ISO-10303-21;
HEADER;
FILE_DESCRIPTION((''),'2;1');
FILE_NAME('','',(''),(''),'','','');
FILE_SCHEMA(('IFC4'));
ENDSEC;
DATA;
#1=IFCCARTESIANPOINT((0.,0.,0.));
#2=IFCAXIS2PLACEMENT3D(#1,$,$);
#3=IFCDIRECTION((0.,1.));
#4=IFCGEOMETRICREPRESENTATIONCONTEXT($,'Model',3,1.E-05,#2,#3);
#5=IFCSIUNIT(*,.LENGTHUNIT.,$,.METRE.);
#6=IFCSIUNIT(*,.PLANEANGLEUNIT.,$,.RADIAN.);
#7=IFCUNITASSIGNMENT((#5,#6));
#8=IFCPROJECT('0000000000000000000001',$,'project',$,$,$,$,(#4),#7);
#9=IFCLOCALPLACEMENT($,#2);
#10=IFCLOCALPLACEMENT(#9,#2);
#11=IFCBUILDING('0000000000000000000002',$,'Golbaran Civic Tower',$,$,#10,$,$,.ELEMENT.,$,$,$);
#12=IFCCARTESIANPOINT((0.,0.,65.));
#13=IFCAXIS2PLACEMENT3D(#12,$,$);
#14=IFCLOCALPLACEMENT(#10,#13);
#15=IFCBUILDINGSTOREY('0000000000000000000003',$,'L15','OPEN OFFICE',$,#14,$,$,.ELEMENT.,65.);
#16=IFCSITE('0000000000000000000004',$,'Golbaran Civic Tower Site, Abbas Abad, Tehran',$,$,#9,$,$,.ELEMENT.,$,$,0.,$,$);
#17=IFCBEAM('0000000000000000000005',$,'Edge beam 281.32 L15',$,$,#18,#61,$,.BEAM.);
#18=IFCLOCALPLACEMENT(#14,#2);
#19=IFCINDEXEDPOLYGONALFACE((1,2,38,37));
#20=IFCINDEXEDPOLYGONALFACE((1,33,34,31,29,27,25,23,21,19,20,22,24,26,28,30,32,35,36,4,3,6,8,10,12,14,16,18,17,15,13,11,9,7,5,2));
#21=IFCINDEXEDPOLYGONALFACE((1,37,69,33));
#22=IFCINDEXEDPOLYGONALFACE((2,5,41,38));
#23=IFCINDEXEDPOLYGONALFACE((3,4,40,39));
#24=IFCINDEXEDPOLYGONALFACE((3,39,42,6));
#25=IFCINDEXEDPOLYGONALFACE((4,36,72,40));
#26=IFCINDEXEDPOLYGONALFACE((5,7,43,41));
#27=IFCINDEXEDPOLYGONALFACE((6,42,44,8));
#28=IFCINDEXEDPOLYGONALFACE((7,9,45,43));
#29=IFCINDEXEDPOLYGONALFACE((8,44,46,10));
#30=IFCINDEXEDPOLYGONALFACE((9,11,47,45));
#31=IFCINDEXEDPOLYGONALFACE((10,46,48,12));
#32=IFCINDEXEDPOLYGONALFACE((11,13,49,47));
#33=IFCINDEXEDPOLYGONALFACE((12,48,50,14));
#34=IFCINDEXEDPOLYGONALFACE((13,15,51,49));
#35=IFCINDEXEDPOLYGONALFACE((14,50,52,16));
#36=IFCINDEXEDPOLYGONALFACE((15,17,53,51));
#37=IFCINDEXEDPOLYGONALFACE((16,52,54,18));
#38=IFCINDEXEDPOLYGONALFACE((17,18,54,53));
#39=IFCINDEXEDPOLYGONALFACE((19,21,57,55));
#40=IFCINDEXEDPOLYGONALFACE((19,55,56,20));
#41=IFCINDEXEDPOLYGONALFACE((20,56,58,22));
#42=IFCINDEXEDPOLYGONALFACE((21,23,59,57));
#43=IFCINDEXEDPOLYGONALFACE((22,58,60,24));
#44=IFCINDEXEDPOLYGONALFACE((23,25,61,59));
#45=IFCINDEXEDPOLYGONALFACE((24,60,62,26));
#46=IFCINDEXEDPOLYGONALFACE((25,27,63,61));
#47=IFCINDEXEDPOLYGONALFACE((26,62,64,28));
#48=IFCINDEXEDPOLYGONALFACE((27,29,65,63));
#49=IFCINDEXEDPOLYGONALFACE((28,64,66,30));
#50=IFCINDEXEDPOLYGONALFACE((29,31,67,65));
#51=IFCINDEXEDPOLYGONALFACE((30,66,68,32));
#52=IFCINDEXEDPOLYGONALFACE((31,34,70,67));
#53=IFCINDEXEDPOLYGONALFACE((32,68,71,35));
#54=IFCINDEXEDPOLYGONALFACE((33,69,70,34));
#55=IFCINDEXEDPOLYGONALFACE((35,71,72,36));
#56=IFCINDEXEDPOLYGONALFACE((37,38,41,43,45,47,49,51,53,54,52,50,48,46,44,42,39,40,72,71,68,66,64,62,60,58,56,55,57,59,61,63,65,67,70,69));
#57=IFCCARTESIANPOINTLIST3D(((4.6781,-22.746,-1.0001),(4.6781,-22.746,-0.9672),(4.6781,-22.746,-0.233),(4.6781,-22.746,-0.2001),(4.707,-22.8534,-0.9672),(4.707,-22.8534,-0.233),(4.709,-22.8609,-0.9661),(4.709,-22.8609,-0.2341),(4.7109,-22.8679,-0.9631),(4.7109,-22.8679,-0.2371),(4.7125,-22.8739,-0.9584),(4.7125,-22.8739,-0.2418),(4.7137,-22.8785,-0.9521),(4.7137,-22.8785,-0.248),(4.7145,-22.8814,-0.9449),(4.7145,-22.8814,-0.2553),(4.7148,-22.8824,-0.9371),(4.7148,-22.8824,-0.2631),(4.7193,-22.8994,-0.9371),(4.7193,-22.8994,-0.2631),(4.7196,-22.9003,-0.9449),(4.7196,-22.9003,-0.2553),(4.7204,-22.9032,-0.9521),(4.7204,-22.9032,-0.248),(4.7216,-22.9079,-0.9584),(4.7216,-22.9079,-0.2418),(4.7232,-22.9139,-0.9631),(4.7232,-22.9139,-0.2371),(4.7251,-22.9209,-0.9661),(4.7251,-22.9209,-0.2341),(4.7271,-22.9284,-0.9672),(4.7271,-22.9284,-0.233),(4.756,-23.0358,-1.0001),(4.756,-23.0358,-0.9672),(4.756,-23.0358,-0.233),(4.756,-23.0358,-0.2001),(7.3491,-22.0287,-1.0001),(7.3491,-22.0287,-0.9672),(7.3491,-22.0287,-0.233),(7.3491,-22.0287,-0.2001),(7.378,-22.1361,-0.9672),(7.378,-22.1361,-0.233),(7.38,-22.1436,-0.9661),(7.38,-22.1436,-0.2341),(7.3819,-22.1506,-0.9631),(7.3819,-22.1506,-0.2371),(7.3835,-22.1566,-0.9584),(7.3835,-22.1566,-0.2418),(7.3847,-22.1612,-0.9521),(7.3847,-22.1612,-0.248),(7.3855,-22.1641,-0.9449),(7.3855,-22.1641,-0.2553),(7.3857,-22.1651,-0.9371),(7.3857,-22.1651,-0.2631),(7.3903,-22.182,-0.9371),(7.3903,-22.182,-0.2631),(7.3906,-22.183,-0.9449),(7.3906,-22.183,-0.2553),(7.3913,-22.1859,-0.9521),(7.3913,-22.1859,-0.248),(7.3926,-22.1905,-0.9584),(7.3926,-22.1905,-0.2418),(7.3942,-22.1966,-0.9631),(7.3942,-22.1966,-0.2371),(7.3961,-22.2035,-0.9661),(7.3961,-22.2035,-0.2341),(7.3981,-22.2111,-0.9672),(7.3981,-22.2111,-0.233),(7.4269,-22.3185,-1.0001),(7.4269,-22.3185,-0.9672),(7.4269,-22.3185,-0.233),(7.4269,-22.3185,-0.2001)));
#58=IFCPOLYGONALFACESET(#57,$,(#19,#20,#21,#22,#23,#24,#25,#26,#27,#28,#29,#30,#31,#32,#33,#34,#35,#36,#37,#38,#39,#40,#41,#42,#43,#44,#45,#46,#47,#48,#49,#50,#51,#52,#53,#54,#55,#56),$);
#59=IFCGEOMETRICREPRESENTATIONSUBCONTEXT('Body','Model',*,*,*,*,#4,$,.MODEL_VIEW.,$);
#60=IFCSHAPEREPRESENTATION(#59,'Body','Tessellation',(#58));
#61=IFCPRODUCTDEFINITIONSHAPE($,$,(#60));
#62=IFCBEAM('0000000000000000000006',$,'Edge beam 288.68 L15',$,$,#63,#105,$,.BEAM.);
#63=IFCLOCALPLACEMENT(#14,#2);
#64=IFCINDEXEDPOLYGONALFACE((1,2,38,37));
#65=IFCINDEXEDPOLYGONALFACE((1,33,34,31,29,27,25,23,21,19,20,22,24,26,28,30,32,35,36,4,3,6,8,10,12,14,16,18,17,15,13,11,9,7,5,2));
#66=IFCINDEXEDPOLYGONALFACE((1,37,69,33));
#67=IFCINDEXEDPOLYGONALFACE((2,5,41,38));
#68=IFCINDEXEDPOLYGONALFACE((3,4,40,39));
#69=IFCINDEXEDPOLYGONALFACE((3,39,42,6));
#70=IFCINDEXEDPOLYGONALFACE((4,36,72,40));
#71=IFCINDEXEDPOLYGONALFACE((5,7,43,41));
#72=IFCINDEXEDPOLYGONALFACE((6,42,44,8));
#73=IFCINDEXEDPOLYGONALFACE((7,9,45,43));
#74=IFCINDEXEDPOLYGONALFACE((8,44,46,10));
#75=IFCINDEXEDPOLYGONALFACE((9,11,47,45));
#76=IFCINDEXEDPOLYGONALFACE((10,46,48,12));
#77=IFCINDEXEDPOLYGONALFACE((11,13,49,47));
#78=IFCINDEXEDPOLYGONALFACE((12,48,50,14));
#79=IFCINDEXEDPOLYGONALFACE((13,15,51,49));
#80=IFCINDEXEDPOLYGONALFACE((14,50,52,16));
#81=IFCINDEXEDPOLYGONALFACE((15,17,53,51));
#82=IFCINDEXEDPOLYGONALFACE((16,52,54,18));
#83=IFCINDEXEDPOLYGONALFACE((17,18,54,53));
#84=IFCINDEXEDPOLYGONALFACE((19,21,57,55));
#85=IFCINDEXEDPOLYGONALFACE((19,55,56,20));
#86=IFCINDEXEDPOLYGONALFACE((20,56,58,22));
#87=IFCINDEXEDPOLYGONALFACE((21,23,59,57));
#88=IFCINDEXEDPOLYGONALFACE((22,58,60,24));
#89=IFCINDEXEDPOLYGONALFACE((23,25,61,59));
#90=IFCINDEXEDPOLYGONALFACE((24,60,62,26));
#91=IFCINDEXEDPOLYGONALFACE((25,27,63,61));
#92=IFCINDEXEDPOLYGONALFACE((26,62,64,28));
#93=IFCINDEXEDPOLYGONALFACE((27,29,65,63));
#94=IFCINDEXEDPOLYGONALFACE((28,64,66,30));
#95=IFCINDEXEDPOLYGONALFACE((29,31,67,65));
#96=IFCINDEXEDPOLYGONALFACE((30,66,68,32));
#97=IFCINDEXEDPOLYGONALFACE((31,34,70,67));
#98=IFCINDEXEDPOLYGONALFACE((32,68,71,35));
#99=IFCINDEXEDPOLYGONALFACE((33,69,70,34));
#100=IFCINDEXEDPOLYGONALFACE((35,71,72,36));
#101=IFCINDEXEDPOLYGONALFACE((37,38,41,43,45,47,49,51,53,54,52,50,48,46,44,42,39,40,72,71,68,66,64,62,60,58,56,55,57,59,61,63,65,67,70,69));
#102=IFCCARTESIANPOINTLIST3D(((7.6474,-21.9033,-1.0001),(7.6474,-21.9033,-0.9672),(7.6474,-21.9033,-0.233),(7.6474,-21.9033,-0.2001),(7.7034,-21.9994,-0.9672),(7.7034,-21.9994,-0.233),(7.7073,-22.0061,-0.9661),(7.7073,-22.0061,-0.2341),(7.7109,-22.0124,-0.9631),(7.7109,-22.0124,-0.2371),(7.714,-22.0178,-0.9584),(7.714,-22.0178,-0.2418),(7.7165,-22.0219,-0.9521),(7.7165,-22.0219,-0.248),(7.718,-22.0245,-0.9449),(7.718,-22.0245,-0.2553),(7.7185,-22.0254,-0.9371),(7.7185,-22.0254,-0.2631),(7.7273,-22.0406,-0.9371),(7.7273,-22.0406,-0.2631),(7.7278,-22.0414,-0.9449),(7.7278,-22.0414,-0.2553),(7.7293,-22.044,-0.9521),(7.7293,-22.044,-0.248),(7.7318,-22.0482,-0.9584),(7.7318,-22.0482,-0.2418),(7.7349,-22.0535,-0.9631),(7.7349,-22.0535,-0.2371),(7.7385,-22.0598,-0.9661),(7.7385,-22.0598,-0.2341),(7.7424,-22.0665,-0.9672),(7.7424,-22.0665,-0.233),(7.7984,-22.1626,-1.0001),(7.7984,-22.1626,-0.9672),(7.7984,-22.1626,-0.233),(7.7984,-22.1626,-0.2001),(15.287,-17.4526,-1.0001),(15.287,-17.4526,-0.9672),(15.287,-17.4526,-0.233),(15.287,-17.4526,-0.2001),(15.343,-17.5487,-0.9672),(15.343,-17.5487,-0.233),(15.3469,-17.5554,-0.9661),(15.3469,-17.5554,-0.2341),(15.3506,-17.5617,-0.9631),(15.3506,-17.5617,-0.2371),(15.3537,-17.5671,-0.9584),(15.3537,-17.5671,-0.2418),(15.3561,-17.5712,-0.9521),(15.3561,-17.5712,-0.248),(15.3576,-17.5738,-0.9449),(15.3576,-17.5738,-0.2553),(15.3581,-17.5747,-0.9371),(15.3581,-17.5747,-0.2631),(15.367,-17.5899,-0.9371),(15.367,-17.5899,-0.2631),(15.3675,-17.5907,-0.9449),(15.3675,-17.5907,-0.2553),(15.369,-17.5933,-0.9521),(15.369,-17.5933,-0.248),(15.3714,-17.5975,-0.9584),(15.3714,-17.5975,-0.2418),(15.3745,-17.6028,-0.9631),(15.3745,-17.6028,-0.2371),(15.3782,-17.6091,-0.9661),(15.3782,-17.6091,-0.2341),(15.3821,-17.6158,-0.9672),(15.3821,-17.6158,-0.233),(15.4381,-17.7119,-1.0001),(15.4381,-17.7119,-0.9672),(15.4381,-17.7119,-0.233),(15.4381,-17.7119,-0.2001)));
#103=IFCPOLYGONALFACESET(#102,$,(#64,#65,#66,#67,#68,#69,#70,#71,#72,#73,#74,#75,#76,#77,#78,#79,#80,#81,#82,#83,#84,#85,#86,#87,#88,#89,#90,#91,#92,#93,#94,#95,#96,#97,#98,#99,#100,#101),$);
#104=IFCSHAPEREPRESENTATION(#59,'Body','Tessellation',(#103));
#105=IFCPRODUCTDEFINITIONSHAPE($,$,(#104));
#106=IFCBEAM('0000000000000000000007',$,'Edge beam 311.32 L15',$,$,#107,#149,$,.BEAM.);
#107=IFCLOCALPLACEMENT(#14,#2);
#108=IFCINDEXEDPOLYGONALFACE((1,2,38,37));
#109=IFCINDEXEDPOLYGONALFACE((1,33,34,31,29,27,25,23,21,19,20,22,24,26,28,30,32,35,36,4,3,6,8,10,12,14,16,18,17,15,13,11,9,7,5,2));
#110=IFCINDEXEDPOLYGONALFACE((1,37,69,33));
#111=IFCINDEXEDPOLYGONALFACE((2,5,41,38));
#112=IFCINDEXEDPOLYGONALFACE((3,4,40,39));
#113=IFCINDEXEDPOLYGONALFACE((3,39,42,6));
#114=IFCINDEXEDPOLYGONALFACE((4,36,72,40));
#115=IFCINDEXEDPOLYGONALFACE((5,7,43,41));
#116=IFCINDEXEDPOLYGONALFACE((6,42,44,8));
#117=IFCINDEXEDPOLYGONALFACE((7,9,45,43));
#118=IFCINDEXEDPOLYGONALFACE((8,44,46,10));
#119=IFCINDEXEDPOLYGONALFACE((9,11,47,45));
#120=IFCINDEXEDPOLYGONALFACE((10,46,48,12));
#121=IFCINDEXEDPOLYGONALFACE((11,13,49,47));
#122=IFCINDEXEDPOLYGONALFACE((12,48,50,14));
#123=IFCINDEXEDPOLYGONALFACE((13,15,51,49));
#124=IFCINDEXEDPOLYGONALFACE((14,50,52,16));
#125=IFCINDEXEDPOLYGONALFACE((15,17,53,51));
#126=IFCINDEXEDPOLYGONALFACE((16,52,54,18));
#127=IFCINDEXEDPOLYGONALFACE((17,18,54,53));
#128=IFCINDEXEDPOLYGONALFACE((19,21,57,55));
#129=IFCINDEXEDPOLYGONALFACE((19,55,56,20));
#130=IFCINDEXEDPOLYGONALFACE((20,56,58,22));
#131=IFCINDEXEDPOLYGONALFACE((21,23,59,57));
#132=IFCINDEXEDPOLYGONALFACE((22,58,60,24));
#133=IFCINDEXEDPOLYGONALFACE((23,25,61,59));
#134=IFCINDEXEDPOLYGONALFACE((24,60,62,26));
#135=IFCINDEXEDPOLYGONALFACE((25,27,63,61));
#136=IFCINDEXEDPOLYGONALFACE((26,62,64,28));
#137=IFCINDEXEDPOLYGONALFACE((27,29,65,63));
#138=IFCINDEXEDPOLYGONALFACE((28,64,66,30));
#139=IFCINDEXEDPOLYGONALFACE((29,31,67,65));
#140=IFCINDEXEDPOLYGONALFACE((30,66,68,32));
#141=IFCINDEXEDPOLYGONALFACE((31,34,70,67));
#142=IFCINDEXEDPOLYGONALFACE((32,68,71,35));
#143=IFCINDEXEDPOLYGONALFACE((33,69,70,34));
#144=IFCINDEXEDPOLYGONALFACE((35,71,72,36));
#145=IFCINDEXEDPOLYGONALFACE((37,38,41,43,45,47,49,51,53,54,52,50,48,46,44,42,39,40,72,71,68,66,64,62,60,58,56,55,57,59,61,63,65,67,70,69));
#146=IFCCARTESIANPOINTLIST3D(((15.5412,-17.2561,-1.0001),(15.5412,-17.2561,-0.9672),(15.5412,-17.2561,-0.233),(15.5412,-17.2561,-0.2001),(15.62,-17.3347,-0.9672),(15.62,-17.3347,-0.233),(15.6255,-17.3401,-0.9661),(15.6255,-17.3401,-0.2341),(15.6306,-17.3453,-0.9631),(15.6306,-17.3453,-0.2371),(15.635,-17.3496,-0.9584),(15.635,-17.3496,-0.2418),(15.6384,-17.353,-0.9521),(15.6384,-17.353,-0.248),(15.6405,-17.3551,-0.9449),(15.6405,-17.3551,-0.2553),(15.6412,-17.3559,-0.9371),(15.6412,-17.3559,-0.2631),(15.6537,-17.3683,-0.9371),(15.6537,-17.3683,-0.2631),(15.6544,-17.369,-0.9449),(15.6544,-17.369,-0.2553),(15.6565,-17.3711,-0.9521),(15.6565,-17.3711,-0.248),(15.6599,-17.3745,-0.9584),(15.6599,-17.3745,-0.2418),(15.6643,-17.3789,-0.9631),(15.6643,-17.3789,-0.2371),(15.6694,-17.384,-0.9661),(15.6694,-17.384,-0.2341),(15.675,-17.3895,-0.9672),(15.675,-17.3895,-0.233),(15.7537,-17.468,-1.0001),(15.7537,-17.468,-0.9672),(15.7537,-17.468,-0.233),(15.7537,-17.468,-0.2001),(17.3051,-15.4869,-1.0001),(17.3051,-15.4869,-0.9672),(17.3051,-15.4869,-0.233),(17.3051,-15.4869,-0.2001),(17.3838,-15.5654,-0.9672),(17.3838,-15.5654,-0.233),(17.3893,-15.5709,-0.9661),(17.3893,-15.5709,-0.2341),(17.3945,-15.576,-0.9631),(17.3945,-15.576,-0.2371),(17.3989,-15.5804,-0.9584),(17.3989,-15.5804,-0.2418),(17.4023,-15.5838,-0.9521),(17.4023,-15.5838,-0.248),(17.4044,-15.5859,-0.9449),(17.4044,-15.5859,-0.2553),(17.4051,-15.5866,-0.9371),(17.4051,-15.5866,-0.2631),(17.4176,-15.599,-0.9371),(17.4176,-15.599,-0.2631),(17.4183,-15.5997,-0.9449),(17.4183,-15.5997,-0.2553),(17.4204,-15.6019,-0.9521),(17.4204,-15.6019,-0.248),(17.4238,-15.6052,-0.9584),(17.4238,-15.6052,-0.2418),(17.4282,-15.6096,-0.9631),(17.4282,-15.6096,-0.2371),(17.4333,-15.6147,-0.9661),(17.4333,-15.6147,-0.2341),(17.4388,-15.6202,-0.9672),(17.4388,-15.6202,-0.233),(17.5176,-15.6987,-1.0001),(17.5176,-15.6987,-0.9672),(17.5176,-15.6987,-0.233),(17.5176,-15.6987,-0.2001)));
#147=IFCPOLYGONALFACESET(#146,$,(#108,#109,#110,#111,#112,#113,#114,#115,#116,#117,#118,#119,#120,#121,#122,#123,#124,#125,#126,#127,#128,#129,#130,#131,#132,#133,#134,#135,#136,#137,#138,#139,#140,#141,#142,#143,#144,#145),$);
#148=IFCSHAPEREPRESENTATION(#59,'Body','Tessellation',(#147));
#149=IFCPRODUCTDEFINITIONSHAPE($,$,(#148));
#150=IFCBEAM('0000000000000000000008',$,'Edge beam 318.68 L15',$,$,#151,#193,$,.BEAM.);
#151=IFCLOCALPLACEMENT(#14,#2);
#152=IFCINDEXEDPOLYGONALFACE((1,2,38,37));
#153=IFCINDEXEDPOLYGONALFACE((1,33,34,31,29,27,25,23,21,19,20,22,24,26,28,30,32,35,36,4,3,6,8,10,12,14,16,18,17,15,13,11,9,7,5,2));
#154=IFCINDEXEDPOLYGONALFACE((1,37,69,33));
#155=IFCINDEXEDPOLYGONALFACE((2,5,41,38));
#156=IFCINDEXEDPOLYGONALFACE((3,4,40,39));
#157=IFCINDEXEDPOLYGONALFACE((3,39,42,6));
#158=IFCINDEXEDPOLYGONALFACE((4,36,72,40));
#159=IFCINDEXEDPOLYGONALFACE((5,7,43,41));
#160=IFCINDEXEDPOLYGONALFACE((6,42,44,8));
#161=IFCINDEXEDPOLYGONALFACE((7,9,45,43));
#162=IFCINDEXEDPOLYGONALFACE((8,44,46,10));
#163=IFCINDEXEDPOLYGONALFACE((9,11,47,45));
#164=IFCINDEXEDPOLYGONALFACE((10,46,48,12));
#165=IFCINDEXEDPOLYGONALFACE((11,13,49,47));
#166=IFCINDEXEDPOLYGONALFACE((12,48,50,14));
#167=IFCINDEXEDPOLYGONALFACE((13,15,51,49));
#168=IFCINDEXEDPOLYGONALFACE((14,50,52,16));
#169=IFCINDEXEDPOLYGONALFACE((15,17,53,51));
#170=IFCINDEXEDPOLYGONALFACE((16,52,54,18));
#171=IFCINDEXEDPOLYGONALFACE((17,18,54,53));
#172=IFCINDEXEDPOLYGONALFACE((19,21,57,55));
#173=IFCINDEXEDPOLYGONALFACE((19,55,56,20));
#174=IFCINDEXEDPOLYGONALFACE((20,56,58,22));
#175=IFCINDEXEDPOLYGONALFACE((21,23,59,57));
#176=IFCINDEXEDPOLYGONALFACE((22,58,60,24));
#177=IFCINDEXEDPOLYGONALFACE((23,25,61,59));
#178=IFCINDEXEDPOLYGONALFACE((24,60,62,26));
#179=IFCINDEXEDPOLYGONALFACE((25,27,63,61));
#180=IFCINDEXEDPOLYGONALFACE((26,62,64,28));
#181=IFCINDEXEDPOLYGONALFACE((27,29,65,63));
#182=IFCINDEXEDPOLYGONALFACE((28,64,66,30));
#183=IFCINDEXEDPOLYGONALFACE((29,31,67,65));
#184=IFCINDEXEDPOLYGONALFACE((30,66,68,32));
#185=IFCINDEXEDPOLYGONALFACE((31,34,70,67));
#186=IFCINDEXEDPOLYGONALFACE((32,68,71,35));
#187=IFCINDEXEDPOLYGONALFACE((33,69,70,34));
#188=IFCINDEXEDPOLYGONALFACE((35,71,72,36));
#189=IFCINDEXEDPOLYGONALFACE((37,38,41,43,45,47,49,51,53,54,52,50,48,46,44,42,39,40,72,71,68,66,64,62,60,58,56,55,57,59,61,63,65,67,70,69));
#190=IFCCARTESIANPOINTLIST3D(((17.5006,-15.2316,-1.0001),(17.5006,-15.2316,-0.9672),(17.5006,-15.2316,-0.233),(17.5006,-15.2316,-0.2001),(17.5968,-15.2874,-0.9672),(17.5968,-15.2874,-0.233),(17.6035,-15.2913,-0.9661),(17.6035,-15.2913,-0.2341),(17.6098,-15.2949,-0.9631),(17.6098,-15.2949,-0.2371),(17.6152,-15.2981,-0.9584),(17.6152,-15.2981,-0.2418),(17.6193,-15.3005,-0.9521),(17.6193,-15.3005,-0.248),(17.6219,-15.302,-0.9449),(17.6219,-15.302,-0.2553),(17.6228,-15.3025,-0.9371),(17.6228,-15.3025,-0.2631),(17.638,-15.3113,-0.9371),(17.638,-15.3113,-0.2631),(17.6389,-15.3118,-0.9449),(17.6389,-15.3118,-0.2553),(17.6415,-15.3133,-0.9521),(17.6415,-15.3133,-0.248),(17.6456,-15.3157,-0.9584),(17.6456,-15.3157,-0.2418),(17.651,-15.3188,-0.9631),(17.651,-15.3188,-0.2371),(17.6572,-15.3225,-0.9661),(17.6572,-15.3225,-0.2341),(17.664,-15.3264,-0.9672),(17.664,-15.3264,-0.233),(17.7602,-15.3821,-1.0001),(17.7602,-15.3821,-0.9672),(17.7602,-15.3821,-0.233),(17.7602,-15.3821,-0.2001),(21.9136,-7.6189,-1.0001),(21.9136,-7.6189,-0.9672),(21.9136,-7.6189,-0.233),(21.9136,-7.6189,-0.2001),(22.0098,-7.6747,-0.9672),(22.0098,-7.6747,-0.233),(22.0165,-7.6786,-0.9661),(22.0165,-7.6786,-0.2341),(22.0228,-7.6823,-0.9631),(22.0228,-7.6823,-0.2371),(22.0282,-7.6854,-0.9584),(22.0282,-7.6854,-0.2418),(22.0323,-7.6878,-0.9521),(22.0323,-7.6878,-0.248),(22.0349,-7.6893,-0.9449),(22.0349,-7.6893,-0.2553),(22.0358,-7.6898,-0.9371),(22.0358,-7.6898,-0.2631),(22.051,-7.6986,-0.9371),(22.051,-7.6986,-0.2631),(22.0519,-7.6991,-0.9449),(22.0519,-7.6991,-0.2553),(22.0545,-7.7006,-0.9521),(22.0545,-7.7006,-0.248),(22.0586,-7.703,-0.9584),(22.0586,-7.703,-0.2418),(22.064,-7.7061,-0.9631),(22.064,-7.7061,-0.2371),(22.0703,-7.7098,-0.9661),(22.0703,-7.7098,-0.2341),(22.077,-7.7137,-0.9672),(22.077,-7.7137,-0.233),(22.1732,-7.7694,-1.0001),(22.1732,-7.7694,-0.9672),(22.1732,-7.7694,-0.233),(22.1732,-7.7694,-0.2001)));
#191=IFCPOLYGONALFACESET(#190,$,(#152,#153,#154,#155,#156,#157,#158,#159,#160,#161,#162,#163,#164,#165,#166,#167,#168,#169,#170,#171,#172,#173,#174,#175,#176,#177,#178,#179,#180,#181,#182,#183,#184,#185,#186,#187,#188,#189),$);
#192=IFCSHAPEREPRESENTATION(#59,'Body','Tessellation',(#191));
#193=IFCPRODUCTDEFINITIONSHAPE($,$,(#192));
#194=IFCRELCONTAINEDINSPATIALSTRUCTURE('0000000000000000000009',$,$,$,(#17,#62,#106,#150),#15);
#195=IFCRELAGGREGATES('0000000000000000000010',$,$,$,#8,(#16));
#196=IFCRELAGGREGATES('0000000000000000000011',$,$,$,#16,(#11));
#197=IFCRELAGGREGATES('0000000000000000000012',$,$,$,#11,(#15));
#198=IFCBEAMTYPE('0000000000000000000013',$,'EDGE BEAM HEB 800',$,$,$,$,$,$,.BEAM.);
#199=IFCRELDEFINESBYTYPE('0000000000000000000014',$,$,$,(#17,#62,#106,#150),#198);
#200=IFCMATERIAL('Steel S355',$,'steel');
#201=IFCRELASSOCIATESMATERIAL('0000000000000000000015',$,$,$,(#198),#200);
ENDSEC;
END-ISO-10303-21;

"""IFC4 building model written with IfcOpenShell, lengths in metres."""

from ifc_helpers import new_model, si_unit, direction, frame, origin, origin_2d, place, context, subcontext, project, spatial, i_section, extrude, material, material_profile, profile_set, type_object, element, save


model = new_model("IFC4")

# Units and contexts
model_context = context("Model", 3, precision=1e-05, world=origin(), true_north=direction((0.0, 1.0)))
body_context = subcontext(model_context, "Body", "Model", "MODEL_VIEW")
ifc_project = project(units=[si_unit("LENGTHUNIT", "METRE"), si_unit("PLANEANGLEUNIT", "RADIAN")], contexts=[model_context])

# Site, building, storey
site_placement = place(None, origin())
site = spatial("IfcSite", under=ifc_project, at=site_placement, Name="Golbaran Civic Tower Site, Abbas Abad, Tehran", CompositionType="ELEMENT", RefElevation=0.0)
building_placement = place(site_placement, origin())
building = spatial("IfcBuilding", under=site, at=building_placement, Name="Golbaran Civic Tower", CompositionType="ELEMENT")
storey_placement = place(building_placement, frame((0.0, 0.0, 65.0)))
storey = spatial("IfcBuildingStorey", under=building, at=storey_placement, Name="L15", Description="OPEN OFFICE", CompositionType="ELEMENT", Elevation=65.0)

# Beams
ifc_material_1 = material(Name="Steel S355", Category="steel")
ifc_material_profile_1 = material_profile(ifc_material_1, i_section(OverallWidth=0.3, OverallDepth=0.8, WebThickness=0.0176, FlangeThickness=0.033, FilletRadius=0.03, at=origin_2d()), Name="HEB 800")
ifc_profile_set_1 = profile_set([ifc_material_profile_1], Name="Steel S355")
beam_type_1 = type_object("IfcBeamType", Name="EDGE BEAM HEB 800", PredefinedType="BEAM", material=ifc_profile_set_1)
beam_1_placement = place(storey_placement, frame((4.717, -22.8909, -0.6001), z_axis=(0.965779, 0.259366, 0.0), x_axis=(-0.259366, 0.965779, 0.0)))
element("IfcBeam", 1, at=beam_1_placement, inside=storey, type_object=beam_type_1, Name="Edge beam 281.32 L15", PredefinedType="BEAM", context=body_context, shape_type="SweptSolid", body=[
    extrude(i_section(OverallWidth=0.3, OverallDepth=0.8, WebThickness=0.0176, FlangeThickness=0.033, FilletRadius=0.03, at=origin_2d()), origin(), (0.0, 0.0, 1.0), 2.7656),
])
beam_2_placement = place(storey_placement, frame((7.7229, -22.033, -0.6001), z_axis=(0.864063, 0.503383, 0.0), x_axis=(-0.503383, 0.864063, 0.0)))
element("IfcBeam", 2, at=beam_2_placement, inside=storey, type_object=beam_type_1, Name="Edge beam 288.68 L15", PredefinedType="BEAM", context=body_context, shape_type="SweptSolid", body=[
    extrude(i_section(OverallWidth=0.3, OverallDepth=0.8, WebThickness=0.0176, FlangeThickness=0.033, FilletRadius=0.03, at=origin_2d()), origin(), (0.0, 0.0, 1.0), 8.8416),
])
beam_3_placement = place(storey_placement, frame((15.6475, -17.3621, -0.6001), z_axis=(0.706031, 0.708181, 0.0), x_axis=(-0.708181, 0.706031, 0.0)))
element("IfcBeam", 3, at=beam_3_placement, inside=storey, type_object=beam_type_1, Name="Edge beam 311.32 L15", PredefinedType="BEAM", context=body_context, shape_type="SweptSolid", body=[
    extrude(i_section(OverallWidth=0.3, OverallDepth=0.8, WebThickness=0.0176, FlangeThickness=0.033, FilletRadius=0.03, at=origin_2d()), origin(), (0.0, 0.0, 1.0), 2.4983),
])
beam_4_placement = place(storey_placement, frame((17.6304, -15.3069, -0.6001), z_axis=(0.50152, 0.865146, 0.0), x_axis=(-0.865146, 0.50152, 0.0)))
element("IfcBeam", 4, at=beam_4_placement, inside=storey, type_object=beam_type_1, Name="Edge beam 318.68 L15", PredefinedType="BEAM", context=body_context, shape_type="SweptSolid", body=[
    extrude(i_section(OverallWidth=0.3, OverallDepth=0.8, WebThickness=0.0176, FlangeThickness=0.033, FilletRadius=0.03, at=origin_2d()), origin(), (0.0, 0.0, 1.0), 8.7993),
])

save(model, "model.ifc")
